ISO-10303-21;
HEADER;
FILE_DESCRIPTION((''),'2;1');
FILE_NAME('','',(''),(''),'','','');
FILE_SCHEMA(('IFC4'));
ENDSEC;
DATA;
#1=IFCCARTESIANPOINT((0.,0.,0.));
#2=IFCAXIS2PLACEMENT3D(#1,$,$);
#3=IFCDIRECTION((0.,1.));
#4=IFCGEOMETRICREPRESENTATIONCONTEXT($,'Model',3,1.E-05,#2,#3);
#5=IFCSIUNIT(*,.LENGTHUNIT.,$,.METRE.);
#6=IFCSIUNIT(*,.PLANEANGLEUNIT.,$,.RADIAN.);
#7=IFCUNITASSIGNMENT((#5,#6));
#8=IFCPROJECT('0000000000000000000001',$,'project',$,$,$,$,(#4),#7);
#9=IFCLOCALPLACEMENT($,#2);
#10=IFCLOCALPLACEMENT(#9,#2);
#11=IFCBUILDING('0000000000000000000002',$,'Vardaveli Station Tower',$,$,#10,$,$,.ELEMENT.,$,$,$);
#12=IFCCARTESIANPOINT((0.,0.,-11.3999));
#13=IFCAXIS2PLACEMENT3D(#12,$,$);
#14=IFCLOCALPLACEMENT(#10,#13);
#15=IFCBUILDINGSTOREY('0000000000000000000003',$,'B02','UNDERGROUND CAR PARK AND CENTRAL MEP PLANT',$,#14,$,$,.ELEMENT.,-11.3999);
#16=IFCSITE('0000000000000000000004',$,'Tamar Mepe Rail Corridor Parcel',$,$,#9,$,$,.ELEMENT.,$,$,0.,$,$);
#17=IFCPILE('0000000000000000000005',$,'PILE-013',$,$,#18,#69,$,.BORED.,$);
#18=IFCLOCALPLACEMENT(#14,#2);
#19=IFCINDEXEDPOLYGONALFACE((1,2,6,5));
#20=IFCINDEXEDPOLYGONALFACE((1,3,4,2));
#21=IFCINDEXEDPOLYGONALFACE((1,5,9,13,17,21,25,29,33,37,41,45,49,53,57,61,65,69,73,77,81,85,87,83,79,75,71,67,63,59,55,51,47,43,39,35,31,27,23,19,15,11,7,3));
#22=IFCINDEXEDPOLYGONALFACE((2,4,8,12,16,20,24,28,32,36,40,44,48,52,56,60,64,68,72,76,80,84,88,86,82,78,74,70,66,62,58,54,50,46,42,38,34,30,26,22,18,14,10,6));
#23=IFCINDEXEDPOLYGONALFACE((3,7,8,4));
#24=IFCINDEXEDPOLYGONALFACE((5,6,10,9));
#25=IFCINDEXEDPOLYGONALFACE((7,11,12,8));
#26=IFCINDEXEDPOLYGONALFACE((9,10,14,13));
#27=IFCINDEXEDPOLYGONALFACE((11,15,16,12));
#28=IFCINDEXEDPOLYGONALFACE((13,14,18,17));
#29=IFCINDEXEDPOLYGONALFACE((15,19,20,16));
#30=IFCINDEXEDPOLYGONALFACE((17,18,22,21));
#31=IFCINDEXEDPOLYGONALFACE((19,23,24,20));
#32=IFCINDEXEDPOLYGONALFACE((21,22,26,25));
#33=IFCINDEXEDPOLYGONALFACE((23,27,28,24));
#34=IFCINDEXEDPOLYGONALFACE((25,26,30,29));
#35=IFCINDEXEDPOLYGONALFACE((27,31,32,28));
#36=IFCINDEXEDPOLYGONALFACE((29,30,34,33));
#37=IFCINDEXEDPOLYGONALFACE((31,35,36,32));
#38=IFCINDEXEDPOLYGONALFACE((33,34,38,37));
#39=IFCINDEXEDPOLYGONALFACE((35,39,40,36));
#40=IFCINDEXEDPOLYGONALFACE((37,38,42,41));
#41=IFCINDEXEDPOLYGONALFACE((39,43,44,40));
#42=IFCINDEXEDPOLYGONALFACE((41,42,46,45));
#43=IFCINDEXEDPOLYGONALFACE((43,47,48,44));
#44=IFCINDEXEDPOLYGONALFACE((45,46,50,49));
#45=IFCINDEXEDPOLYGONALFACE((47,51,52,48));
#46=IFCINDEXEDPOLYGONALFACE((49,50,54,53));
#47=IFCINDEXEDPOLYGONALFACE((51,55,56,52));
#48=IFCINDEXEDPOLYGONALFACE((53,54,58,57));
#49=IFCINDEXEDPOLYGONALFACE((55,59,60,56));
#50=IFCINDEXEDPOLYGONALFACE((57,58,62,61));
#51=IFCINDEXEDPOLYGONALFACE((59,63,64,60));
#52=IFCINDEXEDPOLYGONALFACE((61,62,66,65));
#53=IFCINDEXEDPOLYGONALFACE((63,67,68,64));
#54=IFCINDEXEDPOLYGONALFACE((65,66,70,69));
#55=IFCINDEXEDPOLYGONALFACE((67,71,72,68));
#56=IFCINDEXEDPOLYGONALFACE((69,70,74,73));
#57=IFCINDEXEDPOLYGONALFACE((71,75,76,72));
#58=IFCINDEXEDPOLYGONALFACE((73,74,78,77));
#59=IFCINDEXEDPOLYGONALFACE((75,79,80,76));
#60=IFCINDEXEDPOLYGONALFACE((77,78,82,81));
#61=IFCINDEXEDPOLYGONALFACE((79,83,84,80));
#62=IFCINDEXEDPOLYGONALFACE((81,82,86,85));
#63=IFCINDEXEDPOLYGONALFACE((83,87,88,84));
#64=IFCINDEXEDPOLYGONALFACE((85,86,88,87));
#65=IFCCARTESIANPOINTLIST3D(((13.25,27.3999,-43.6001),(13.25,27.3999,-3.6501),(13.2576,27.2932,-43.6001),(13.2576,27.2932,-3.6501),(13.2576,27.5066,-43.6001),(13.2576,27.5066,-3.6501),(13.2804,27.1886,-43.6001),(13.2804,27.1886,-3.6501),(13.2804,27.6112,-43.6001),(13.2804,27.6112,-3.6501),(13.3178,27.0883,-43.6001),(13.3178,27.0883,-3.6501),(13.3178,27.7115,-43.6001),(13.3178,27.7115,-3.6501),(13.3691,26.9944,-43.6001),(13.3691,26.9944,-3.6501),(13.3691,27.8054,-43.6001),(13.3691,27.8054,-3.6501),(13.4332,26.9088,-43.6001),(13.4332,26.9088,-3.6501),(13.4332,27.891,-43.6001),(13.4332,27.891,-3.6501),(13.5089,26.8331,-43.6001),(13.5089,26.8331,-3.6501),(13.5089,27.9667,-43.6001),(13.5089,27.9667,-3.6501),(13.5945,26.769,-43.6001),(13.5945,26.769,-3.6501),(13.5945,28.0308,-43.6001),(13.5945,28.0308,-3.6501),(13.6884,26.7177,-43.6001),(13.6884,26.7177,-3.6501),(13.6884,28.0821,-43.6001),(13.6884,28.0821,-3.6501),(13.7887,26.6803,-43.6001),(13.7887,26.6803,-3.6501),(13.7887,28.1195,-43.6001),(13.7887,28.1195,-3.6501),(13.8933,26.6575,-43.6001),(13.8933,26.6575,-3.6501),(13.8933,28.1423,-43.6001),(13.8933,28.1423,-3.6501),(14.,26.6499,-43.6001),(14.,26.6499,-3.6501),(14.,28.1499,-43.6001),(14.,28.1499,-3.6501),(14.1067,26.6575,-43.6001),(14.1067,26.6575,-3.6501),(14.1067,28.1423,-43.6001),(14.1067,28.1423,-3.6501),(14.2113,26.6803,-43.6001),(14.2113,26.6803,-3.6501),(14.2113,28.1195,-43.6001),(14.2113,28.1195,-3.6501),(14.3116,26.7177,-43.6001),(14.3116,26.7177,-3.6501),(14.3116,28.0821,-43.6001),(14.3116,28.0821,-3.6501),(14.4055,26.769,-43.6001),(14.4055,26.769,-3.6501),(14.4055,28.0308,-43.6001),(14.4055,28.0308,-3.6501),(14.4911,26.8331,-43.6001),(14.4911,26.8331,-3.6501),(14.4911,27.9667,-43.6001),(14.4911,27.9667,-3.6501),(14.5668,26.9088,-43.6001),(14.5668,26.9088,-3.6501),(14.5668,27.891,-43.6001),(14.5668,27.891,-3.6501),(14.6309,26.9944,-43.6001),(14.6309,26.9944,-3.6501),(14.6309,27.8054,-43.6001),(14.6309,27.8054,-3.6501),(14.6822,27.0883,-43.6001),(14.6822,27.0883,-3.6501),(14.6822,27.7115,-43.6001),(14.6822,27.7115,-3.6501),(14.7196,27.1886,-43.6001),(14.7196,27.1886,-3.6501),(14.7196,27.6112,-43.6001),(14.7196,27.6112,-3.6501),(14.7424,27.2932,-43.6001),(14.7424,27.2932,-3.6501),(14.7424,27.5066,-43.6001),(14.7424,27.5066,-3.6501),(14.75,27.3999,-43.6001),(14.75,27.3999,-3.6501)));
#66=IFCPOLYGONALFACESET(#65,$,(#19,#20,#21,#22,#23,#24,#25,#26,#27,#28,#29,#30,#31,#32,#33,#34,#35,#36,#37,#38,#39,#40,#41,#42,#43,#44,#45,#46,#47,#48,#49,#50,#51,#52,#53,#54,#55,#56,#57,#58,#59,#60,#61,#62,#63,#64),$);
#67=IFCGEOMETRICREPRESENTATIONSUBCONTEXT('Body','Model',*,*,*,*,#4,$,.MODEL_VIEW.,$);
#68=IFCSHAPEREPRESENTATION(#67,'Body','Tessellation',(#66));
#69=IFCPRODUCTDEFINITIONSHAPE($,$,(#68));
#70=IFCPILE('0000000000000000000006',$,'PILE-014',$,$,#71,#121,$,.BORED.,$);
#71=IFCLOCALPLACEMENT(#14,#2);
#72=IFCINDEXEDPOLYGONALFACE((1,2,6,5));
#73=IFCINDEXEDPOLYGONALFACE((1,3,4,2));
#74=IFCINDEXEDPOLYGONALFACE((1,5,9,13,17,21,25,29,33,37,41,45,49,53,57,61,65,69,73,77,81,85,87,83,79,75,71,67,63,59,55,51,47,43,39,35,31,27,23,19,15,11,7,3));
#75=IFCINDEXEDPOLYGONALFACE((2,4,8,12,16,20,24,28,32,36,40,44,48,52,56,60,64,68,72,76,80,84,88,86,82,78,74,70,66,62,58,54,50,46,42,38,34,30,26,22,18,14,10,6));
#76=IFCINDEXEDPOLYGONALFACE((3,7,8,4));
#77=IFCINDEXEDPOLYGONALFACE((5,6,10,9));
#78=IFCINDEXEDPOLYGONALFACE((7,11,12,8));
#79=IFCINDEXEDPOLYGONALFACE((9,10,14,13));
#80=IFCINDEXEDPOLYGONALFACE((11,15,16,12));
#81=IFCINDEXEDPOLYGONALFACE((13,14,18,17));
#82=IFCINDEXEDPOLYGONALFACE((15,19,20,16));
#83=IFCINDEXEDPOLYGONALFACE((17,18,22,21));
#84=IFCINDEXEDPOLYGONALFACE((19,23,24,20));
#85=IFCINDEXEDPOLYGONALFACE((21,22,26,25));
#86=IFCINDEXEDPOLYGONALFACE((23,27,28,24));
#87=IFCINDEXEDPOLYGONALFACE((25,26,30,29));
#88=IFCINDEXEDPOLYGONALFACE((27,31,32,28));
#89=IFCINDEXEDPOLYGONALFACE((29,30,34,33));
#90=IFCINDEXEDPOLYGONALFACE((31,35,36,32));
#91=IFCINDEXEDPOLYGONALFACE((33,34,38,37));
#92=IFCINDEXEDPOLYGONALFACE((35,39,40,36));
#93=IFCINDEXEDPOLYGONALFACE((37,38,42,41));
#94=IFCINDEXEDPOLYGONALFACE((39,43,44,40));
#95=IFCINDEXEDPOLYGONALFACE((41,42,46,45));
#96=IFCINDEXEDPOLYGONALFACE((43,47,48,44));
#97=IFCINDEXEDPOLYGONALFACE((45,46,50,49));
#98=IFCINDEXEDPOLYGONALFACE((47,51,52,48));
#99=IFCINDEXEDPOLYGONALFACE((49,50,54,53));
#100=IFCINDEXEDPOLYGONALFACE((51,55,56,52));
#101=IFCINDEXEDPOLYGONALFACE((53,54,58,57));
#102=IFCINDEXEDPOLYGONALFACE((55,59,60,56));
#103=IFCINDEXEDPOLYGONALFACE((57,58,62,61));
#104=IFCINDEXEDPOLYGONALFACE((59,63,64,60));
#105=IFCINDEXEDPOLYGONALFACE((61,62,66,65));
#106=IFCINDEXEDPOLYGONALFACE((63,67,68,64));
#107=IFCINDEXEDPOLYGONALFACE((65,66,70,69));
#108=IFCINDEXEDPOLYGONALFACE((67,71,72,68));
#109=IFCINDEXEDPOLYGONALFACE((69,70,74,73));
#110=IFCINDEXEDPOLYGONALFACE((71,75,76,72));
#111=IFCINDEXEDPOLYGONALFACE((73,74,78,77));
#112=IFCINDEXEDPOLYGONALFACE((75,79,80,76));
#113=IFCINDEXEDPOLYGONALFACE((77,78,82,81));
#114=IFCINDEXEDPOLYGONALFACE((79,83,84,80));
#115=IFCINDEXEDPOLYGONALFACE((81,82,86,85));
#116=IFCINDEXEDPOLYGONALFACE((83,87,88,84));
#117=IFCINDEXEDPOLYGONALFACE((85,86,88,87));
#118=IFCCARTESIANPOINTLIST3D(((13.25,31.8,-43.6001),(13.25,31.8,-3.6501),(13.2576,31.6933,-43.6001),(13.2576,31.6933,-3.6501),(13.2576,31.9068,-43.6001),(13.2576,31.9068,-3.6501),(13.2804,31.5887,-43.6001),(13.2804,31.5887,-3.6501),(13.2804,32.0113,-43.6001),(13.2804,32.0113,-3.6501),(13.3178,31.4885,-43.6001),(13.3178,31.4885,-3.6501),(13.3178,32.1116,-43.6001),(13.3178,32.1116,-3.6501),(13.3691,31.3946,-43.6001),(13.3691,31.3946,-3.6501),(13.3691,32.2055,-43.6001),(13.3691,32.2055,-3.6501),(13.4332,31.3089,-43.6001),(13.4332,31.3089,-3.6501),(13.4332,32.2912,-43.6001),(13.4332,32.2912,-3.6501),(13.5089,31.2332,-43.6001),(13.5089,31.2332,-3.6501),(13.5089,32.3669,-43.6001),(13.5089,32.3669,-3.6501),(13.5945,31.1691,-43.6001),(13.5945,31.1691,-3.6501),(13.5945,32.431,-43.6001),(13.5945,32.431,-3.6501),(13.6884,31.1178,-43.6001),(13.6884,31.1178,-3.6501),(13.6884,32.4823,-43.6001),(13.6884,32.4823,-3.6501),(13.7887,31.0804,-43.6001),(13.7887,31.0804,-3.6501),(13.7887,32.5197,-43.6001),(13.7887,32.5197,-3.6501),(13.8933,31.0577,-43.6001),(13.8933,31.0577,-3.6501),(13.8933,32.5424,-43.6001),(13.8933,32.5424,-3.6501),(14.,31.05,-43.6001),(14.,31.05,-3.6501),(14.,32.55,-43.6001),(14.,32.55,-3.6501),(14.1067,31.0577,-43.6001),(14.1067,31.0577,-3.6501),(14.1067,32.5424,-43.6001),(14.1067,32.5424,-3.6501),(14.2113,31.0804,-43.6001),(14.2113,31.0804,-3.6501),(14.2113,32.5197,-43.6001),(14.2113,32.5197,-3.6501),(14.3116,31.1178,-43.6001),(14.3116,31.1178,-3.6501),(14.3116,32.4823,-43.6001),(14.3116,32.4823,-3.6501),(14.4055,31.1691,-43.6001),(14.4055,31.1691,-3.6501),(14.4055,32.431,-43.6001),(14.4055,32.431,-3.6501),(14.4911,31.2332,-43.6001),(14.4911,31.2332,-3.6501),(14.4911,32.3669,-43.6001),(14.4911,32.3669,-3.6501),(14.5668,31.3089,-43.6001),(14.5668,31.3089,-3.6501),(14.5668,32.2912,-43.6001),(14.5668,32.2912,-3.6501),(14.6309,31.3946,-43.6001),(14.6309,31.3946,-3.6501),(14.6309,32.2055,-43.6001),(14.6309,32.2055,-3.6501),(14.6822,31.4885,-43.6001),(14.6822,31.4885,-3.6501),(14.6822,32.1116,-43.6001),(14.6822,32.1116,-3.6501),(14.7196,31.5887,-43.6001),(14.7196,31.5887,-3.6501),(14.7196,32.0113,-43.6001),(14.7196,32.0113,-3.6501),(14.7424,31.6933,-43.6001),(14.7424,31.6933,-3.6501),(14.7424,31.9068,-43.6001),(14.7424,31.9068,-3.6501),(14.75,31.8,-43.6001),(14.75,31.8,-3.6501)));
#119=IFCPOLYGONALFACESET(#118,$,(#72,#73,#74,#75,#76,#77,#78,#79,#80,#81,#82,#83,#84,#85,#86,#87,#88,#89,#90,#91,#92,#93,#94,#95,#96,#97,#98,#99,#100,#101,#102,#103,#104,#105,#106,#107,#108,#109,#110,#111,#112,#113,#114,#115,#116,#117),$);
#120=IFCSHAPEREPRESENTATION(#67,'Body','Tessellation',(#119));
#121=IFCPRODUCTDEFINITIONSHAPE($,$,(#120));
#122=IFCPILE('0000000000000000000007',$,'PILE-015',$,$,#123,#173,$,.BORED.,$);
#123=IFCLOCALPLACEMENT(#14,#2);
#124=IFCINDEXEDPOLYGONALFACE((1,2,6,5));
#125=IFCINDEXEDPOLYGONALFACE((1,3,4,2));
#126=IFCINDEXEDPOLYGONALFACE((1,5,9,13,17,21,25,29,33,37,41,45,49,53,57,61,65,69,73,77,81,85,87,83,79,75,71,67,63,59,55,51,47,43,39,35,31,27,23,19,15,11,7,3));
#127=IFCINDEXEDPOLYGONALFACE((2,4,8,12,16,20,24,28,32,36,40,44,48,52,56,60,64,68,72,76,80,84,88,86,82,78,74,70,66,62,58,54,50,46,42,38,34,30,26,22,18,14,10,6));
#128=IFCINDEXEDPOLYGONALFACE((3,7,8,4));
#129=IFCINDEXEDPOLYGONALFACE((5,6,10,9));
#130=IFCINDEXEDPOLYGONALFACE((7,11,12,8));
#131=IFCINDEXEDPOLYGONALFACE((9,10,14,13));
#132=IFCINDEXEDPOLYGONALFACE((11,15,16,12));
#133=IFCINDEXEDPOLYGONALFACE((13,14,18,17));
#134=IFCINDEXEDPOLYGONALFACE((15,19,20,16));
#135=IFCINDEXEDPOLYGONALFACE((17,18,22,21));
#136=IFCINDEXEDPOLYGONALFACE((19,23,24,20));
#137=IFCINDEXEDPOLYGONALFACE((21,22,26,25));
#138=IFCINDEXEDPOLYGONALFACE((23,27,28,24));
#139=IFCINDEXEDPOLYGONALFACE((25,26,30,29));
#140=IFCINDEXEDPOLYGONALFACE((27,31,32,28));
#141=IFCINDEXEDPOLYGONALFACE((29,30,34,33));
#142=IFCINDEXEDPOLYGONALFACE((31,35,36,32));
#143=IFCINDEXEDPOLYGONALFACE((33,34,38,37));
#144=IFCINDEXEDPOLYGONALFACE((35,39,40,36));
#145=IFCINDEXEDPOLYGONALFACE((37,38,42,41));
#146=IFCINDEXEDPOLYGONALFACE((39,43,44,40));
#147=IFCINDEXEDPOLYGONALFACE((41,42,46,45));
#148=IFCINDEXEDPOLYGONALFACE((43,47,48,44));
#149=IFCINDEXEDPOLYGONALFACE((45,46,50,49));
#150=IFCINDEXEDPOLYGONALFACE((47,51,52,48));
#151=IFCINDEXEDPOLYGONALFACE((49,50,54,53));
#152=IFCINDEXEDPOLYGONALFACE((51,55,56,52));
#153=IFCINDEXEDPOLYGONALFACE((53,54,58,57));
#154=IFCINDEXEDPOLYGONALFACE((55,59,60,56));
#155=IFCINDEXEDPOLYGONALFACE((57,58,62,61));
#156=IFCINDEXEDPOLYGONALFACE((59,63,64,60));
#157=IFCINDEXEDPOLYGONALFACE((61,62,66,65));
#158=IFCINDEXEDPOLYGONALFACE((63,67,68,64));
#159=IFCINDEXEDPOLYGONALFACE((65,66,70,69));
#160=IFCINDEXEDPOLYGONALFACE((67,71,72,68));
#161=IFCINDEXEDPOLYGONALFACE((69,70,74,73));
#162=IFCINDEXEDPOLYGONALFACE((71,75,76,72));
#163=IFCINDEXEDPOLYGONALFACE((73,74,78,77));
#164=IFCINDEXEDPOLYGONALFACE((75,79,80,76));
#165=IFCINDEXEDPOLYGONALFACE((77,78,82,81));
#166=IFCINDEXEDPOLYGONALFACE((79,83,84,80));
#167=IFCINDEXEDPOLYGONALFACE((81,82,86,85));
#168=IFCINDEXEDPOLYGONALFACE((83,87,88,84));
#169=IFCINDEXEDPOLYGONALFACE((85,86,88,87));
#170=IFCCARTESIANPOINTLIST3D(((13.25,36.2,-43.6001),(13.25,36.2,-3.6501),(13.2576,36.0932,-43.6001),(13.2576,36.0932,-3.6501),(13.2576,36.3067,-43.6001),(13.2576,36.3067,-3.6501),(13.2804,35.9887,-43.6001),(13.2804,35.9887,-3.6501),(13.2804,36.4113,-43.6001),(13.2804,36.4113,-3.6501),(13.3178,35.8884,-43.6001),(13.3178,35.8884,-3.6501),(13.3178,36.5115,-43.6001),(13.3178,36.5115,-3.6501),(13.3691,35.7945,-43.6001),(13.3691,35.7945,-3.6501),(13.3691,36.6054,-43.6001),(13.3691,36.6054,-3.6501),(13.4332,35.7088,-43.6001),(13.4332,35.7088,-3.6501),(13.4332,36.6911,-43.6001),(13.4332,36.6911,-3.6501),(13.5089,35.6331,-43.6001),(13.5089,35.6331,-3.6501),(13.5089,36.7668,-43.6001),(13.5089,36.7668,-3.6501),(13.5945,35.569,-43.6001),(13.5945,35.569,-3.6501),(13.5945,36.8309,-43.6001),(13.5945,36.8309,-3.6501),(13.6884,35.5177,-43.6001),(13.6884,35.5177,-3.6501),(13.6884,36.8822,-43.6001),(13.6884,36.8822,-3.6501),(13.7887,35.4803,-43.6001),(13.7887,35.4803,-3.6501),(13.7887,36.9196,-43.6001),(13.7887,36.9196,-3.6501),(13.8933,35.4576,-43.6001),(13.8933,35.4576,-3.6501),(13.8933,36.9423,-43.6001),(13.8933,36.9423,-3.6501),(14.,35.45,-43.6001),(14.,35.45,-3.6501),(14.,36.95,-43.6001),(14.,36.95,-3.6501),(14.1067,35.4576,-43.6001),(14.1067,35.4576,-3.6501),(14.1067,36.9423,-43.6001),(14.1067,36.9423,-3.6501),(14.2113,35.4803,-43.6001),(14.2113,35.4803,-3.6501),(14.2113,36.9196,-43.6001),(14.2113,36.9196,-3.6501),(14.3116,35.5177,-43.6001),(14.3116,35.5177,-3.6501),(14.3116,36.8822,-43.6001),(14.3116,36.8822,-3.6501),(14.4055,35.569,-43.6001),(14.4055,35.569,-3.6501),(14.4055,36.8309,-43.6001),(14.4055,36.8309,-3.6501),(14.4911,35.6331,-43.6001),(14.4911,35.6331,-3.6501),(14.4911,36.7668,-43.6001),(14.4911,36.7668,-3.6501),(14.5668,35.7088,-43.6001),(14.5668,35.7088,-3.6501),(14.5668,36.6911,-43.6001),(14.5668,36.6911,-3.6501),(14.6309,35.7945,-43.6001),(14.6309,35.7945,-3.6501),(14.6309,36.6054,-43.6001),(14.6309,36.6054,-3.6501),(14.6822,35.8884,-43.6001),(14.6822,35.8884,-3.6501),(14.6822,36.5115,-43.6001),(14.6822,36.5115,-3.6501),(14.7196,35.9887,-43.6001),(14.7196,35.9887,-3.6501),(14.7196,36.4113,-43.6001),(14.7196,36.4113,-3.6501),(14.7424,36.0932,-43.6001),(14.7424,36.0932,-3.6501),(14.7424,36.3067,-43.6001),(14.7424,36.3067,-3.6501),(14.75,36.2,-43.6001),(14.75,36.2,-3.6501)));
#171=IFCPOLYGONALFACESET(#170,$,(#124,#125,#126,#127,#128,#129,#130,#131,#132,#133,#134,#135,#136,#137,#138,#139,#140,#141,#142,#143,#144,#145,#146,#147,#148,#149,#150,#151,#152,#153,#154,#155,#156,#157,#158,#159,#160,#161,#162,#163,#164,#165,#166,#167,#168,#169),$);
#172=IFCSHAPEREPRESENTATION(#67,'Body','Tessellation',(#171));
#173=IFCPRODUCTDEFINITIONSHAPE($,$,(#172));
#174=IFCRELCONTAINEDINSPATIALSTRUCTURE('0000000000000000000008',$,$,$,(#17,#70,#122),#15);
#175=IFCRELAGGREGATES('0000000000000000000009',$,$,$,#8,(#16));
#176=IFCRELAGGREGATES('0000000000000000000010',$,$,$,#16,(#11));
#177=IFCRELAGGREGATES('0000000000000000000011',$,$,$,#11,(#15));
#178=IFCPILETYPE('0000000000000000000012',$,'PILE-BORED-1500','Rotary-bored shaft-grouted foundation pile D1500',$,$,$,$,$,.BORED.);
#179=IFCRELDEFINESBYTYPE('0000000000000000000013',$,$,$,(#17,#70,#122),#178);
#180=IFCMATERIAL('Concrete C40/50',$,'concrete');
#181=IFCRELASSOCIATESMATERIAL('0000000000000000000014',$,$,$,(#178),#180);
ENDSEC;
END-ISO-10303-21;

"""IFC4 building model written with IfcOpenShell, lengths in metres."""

from ifc_helpers import new_model, si_unit, direction, frame, origin, origin_2d, place, context, subcontext, project, spatial, circle, extrude, source, transform, mapped, material, material_profile, profile_set, type_object, element, save


model = new_model("IFC4")

# Units and contexts
model_context = context("Model", 3, precision=1e-05, world=origin(), true_north=direction((0.0, 1.0)))
body_context = subcontext(model_context, "Body", "Model", "MODEL_VIEW")
ifc_project = project(units=[si_unit("LENGTHUNIT", "METRE"), si_unit("PLANEANGLEUNIT", "RADIAN")], contexts=[model_context])

# Site, building, storey
site_placement = place(None, origin())
site = spatial("IfcSite", under=ifc_project, at=site_placement, Name="Tamar Mepe Rail Corridor Parcel", CompositionType="ELEMENT", RefElevation=0.0)
building_placement = place(site_placement, origin())
building = spatial("IfcBuilding", under=site, at=building_placement, Name="Vardaveli Station Tower", CompositionType="ELEMENT")
storey_placement = place(building_placement, frame((0.0, 0.0, -11.3999)))
storey = spatial("IfcBuildingStorey", under=building, at=storey_placement, Name="B02", Description="UNDERGROUND CAR PARK AND CENTRAL MEP PLANT", CompositionType="ELEMENT", Elevation=-11.3999)

# Piles
ifc_material_1 = material(Name="Concrete C40/50", Category="concrete")
ifc_material_profile_1 = material_profile(ifc_material_1, circle(Radius=0.75, at=origin_2d()), Name="PILE D1500")
ifc_profile_set_1 = profile_set([ifc_material_profile_1], Name="Concrete C40/50")
pile_type_1 = type_object("IfcPileType", Name="PILE-BORED-1500", Description="Rotary-bored shaft-grouted foundation pile D1500", PredefinedType="BORED", material=ifc_profile_set_1)
shared_shape_1 = source(origin(), body_context, "Body", "SweptSolid", [
    extrude(circle(Radius=0.75, at=origin_2d()), origin(), (0.0, 0.0, 1.0), 39.95),
])
for number, where, z_axis, x_axis, name in (
    (1, (14.0, 27.3999, -3.6501), (0.0, 0.0, -1.0), (1.0, 0.0, 0.0), "PILE-013"),
    (2, (14.0, 31.8, -3.6501), (0.0, 0.0, -1.0), (1.0, 0.0, 0.0), "PILE-014"),
    (3, (14.0, 36.2, -3.6501), (0.0, 0.0, -1.0), (1.0, 0.0, 0.0), "PILE-015"),
):
    element("IfcPile", number, at=place(storey_placement, frame(where, z_axis=z_axis, x_axis=x_axis)), inside=storey, type_object=pile_type_1, Name=name, PredefinedType="BORED", context=body_context, shape_type="MappedRepresentation", body=[
        mapped(shared_shape_1, transform((0.0, 0.0, 0.0), scale=1.0)),
    ])

save(model, "model.ifc")
